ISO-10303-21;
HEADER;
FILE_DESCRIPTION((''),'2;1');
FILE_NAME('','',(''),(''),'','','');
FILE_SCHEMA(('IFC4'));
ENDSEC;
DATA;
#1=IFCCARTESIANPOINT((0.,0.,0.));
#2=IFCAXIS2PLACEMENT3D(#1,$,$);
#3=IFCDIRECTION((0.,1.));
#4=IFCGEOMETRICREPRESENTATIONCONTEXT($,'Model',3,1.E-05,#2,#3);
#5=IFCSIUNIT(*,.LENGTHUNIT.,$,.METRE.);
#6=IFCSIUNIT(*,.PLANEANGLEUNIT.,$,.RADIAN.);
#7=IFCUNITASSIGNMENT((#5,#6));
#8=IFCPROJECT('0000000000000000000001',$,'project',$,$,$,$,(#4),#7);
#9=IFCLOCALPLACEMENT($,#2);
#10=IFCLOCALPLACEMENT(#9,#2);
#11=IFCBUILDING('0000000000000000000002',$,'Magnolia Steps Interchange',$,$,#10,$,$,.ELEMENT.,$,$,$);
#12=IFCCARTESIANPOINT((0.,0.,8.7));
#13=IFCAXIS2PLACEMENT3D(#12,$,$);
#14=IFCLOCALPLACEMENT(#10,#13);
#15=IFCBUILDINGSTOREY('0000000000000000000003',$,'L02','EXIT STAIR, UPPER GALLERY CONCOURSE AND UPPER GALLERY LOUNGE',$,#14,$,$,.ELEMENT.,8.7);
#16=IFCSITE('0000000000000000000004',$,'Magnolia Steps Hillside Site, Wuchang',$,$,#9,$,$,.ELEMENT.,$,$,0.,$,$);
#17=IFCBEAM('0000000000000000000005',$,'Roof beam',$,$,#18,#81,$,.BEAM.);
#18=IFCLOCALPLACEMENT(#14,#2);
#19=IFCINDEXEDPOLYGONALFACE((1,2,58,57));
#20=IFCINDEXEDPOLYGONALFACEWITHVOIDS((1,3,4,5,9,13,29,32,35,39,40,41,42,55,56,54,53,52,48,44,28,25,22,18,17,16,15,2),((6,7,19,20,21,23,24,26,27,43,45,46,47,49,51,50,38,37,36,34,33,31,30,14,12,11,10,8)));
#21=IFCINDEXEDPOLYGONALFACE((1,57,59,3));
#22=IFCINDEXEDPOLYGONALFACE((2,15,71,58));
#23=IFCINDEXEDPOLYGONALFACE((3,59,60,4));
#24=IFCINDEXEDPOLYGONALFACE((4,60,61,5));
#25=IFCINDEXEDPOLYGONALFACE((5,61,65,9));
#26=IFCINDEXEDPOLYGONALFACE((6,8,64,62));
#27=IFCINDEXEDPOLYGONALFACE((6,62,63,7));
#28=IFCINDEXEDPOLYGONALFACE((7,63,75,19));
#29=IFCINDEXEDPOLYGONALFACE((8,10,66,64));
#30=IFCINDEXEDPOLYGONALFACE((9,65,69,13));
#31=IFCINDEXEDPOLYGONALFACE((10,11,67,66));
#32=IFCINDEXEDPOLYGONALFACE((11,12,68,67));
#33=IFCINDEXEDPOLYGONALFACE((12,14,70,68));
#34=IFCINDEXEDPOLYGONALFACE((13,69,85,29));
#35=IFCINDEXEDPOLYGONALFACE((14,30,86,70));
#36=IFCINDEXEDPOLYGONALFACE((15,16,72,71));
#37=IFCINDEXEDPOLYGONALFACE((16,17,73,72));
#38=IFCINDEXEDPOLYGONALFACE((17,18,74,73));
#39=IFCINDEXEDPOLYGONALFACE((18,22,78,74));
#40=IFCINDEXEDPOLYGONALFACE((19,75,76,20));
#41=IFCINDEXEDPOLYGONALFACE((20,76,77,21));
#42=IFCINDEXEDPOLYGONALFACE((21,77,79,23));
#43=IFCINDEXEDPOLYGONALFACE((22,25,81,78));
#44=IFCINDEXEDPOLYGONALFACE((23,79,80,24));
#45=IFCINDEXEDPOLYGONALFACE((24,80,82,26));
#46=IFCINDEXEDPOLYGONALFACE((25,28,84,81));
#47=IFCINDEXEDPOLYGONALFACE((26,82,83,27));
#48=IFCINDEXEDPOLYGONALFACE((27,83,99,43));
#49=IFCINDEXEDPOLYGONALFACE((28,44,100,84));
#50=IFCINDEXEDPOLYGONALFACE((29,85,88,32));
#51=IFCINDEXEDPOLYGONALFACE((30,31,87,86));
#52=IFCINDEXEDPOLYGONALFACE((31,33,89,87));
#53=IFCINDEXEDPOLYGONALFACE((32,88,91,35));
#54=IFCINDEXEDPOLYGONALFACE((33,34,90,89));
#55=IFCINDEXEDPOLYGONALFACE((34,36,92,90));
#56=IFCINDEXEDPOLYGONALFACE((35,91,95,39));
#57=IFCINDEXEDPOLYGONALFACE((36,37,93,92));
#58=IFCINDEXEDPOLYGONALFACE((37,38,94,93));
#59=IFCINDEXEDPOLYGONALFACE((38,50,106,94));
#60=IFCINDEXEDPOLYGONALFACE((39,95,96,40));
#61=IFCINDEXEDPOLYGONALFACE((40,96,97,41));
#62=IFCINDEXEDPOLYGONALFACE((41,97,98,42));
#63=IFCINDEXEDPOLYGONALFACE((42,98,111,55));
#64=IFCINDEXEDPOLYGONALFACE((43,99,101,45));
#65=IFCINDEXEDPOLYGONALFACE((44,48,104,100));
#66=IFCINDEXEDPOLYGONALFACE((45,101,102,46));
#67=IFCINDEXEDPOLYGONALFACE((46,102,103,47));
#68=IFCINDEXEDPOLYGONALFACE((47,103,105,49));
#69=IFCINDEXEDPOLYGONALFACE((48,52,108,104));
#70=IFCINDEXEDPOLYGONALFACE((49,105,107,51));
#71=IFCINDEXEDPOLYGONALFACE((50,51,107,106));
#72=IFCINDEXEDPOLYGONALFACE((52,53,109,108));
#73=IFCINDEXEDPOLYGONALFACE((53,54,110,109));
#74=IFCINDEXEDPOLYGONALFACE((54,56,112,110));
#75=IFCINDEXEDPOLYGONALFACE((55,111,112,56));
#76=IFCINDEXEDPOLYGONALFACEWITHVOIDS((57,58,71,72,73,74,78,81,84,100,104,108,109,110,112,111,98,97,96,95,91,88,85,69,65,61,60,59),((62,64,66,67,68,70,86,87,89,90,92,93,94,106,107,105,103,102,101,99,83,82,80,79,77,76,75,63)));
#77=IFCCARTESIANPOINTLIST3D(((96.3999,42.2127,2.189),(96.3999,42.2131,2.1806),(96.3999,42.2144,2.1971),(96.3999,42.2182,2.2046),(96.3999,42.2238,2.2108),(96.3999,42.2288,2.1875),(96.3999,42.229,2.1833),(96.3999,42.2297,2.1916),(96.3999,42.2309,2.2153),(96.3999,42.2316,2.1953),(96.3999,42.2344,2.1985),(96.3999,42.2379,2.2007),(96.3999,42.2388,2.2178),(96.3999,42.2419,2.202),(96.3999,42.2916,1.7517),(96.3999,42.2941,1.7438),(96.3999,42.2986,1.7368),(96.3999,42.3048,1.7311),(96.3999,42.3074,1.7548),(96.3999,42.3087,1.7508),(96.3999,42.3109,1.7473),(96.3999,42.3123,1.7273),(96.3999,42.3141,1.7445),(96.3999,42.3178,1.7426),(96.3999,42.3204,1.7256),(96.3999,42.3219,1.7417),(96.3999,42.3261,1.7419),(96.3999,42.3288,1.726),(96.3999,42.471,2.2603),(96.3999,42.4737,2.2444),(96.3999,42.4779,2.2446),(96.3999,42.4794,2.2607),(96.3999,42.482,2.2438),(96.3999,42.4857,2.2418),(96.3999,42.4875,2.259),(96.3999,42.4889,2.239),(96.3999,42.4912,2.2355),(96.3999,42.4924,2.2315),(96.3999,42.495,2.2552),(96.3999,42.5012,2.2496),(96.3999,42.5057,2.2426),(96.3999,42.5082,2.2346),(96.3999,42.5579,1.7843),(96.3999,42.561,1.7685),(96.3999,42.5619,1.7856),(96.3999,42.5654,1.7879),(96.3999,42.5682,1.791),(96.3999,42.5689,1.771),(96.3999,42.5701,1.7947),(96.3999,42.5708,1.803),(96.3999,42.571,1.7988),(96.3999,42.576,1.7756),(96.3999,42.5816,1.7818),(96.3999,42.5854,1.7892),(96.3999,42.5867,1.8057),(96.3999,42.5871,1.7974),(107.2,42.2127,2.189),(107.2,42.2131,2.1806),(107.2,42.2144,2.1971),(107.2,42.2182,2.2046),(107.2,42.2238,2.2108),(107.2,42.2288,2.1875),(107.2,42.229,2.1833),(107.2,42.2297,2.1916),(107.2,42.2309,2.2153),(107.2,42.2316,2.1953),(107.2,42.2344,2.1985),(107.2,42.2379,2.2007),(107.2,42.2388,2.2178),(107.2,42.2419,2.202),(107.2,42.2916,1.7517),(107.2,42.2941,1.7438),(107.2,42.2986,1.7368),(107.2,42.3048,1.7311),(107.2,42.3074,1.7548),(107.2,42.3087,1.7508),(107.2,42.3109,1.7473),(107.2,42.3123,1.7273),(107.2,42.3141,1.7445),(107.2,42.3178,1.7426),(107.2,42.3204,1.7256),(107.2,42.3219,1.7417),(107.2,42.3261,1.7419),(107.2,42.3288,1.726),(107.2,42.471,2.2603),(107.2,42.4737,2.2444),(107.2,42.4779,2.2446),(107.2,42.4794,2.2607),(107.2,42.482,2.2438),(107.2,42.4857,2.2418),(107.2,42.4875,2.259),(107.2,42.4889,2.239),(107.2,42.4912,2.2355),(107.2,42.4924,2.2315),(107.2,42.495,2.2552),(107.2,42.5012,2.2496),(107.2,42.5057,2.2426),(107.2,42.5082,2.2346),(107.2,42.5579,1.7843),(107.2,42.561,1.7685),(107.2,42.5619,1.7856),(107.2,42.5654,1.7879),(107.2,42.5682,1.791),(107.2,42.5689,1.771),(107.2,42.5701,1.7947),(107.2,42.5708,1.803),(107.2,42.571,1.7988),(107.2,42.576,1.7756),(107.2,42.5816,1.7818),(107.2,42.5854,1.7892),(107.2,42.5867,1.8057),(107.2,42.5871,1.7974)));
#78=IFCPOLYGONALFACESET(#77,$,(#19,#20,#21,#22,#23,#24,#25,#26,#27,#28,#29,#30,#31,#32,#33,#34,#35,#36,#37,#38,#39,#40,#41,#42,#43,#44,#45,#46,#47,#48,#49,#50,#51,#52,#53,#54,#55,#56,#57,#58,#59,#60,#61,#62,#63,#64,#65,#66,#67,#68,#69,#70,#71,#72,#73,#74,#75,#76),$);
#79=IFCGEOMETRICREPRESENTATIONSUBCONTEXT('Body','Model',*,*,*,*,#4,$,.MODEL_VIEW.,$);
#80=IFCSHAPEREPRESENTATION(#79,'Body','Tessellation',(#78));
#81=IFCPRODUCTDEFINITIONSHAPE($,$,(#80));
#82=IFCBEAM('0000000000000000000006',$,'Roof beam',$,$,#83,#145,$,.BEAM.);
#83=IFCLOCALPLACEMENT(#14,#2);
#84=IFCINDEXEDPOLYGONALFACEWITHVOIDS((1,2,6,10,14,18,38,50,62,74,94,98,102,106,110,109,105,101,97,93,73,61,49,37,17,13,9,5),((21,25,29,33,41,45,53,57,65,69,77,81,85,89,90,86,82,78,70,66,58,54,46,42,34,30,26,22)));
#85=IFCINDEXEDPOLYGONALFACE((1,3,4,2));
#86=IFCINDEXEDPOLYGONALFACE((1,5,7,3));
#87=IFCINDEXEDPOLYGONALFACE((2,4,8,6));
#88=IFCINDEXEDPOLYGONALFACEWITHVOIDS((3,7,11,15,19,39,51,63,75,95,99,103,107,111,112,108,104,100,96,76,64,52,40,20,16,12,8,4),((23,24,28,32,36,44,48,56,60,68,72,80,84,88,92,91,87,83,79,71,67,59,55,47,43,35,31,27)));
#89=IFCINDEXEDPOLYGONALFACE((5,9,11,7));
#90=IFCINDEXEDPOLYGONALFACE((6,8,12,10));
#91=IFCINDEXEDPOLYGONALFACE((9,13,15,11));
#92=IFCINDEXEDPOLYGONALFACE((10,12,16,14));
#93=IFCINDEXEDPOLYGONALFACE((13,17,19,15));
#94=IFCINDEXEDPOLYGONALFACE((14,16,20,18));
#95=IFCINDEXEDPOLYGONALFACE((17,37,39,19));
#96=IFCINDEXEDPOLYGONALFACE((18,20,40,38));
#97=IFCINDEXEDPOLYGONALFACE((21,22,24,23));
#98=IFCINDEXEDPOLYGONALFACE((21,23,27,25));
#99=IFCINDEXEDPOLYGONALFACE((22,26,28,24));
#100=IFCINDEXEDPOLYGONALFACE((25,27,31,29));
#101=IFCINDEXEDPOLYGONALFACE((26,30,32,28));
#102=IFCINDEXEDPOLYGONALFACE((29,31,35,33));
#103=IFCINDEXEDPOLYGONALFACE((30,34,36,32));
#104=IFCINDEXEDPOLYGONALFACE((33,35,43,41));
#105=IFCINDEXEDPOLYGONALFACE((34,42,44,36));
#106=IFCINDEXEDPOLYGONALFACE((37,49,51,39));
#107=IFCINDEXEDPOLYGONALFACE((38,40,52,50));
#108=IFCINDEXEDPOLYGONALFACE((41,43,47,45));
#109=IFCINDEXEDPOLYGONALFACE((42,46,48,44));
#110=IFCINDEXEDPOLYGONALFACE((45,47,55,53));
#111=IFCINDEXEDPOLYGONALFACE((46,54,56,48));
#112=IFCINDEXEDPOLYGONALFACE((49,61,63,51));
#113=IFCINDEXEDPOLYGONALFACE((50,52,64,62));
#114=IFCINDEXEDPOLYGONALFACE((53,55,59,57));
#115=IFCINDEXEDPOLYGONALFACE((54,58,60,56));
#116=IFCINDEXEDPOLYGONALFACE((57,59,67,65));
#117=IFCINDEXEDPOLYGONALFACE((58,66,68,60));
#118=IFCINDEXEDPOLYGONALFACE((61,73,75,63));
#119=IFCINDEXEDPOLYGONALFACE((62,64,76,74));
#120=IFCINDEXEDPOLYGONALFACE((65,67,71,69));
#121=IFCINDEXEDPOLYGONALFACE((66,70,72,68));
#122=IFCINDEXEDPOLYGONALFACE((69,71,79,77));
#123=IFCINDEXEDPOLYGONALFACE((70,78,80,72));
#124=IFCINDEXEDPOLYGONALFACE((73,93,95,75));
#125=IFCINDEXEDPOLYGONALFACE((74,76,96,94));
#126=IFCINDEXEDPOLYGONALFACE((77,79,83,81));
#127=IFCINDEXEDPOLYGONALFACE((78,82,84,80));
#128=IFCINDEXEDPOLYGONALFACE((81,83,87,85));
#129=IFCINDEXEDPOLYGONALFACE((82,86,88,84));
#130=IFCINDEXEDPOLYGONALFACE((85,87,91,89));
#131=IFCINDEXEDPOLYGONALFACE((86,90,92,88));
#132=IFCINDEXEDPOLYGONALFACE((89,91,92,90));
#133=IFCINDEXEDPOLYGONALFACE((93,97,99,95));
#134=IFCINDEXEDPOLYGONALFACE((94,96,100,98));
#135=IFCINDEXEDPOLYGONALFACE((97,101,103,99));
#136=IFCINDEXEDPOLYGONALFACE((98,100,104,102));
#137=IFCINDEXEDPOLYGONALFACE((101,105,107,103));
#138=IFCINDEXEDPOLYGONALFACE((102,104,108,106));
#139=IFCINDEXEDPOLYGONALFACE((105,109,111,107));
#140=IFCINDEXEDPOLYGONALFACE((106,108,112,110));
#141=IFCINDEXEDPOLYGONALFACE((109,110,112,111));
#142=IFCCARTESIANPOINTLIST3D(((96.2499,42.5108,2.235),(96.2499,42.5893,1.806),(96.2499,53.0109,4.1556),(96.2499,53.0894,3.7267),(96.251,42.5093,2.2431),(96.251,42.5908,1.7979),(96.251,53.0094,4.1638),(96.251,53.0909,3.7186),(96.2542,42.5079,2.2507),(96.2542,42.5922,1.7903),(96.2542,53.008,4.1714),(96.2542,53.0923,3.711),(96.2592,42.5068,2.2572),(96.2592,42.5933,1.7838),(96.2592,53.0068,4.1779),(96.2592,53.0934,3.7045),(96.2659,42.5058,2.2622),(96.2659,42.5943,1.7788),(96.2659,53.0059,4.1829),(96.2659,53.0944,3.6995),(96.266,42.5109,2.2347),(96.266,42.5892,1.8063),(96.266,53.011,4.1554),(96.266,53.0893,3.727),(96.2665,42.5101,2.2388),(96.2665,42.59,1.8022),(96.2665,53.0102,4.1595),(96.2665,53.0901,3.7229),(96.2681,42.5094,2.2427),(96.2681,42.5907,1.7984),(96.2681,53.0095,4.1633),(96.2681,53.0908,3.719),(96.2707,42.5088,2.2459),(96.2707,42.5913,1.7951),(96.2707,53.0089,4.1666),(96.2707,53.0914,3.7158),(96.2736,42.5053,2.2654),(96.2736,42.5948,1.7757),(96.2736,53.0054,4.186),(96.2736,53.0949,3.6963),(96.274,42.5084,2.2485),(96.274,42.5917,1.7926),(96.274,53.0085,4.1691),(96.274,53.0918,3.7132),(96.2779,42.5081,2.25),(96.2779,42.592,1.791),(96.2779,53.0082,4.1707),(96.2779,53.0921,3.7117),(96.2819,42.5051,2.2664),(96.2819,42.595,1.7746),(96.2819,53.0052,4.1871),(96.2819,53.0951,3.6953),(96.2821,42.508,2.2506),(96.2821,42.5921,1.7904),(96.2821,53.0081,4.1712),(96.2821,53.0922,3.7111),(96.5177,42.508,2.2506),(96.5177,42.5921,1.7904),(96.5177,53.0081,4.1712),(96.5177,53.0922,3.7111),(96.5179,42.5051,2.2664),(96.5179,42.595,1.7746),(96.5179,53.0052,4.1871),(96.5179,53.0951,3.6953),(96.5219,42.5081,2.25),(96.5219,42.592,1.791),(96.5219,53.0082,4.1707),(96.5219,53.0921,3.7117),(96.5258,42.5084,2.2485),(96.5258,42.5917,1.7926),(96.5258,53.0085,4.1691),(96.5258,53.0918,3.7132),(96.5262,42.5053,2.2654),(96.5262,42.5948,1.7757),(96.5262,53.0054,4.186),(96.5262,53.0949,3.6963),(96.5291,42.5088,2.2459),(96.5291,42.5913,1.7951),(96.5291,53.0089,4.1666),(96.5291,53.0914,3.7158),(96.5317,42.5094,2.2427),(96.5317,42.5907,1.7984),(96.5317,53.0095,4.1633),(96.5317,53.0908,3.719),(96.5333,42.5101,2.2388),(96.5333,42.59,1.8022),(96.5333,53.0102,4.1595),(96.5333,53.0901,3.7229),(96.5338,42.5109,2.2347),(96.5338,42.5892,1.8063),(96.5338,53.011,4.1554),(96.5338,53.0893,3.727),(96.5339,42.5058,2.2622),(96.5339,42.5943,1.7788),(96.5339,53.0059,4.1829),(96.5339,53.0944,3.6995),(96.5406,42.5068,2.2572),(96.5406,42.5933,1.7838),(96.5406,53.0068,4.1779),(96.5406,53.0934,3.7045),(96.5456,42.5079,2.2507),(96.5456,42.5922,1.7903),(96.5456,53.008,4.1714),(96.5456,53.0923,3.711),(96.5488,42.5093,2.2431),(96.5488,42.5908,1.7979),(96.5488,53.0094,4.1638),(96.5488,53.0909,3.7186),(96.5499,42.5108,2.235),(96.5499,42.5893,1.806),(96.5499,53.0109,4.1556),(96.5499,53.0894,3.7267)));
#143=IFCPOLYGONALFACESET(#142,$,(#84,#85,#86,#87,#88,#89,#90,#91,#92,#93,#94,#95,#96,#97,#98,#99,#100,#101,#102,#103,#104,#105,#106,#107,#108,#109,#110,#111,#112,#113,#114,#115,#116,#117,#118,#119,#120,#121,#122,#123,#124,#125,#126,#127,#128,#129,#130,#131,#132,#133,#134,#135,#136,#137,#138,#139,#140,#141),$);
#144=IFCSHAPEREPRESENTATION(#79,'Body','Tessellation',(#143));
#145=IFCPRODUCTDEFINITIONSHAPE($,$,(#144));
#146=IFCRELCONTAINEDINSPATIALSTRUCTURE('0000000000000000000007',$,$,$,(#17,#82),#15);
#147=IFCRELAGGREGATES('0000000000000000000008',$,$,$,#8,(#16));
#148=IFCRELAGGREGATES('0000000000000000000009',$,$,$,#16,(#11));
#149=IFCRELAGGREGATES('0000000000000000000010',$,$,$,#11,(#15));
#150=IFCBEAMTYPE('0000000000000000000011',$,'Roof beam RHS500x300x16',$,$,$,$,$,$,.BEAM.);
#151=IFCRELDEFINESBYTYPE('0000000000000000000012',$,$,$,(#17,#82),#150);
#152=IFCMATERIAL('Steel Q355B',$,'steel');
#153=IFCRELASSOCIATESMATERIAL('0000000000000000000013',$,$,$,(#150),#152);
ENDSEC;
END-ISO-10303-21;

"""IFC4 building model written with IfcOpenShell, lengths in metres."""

from ifc_helpers import new_model, si_unit, direction, frame, origin, origin_2d, place, context, subcontext, project, spatial, hollow_rectangle, extrude, material, material_profile, profile_set, type_object, element, save


model = new_model("IFC4")

# Units and contexts
model_context = context("Model", 3, precision=1e-05, world=origin(), true_north=direction((0.0, 1.0)))
body_context = subcontext(model_context, "Body", "Model", "MODEL_VIEW")
ifc_project = project(units=[si_unit("LENGTHUNIT", "METRE"), si_unit("PLANEANGLEUNIT", "RADIAN")], contexts=[model_context])

# Site, building, storey
site_placement = place(None, origin())
site = spatial("IfcSite", under=ifc_project, at=site_placement, Name="Magnolia Steps Hillside Site, Wuchang", CompositionType="ELEMENT", RefElevation=0.0)
building_placement = place(site_placement, origin())
building = spatial("IfcBuilding", under=site, at=building_placement, Name="Magnolia Steps Interchange", CompositionType="ELEMENT")
storey_placement = place(building_placement, frame((0.0, 0.0, 8.7)))
storey = spatial("IfcBuildingStorey", under=building, at=storey_placement, Name="L02", Description="EXIT STAIR, UPPER GALLERY CONCOURSE AND UPPER GALLERY LOUNGE", CompositionType="ELEMENT", Elevation=8.7)

# Beams
ifc_material_1 = material(Name="Steel Q355B", Category="steel")
ifc_material_profile_1 = material_profile(ifc_material_1, hollow_rectangle(XDim=0.3, YDim=0.5, WallThickness=0.0161, InnerFilletRadius=0.0161, OuterFilletRadius=0.032, at=origin_2d()), Name="RHS500x300x16")
ifc_profile_set_1 = profile_set([ifc_material_profile_1], Name="Steel Q355B")
beam_type_1 = type_object("IfcBeamType", Name="Roof beam RHS500x300x16", PredefinedType="BEAM", material=ifc_profile_set_1)
beam_1_placement = place(storey_placement, frame((96.3999, 42.3999, 1.9932), z_axis=(1.0, 0.0, 0.0), x_axis=(0.0, 0.983677, 0.179941)))
element("IfcBeam", 1, at=beam_1_placement, inside=storey, type_object=beam_type_1, Name="Roof beam", PredefinedType="BEAM", context=body_context, shape_type="SweptSolid", body=[
    extrude(hollow_rectangle(XDim=0.3, YDim=0.5, WallThickness=0.0161, InnerFilletRadius=0.0161, OuterFilletRadius=0.032, at=origin_2d()), origin(), (0.0, 0.0, 1.0), 10.8),
])
beam_2_placement = place(storey_placement, frame((96.3999, 42.55, 2.0205), z_axis=(0.0, 0.983679, 0.179934), x_axis=(-1.0, 0.0, 0.0)))
element("IfcBeam", 2, at=beam_2_placement, inside=storey, type_object=beam_type_1, Name="Roof beam", PredefinedType="BEAM", context=body_context, shape_type="SweptSolid", body=[
    extrude(hollow_rectangle(XDim=0.3, YDim=0.5, WallThickness=0.0161, InnerFilletRadius=0.0161, OuterFilletRadius=0.032, at=origin_2d()), origin(), (0.0, 0.0, 1.0), 10.6743),
])

save(model, "model.ifc")
